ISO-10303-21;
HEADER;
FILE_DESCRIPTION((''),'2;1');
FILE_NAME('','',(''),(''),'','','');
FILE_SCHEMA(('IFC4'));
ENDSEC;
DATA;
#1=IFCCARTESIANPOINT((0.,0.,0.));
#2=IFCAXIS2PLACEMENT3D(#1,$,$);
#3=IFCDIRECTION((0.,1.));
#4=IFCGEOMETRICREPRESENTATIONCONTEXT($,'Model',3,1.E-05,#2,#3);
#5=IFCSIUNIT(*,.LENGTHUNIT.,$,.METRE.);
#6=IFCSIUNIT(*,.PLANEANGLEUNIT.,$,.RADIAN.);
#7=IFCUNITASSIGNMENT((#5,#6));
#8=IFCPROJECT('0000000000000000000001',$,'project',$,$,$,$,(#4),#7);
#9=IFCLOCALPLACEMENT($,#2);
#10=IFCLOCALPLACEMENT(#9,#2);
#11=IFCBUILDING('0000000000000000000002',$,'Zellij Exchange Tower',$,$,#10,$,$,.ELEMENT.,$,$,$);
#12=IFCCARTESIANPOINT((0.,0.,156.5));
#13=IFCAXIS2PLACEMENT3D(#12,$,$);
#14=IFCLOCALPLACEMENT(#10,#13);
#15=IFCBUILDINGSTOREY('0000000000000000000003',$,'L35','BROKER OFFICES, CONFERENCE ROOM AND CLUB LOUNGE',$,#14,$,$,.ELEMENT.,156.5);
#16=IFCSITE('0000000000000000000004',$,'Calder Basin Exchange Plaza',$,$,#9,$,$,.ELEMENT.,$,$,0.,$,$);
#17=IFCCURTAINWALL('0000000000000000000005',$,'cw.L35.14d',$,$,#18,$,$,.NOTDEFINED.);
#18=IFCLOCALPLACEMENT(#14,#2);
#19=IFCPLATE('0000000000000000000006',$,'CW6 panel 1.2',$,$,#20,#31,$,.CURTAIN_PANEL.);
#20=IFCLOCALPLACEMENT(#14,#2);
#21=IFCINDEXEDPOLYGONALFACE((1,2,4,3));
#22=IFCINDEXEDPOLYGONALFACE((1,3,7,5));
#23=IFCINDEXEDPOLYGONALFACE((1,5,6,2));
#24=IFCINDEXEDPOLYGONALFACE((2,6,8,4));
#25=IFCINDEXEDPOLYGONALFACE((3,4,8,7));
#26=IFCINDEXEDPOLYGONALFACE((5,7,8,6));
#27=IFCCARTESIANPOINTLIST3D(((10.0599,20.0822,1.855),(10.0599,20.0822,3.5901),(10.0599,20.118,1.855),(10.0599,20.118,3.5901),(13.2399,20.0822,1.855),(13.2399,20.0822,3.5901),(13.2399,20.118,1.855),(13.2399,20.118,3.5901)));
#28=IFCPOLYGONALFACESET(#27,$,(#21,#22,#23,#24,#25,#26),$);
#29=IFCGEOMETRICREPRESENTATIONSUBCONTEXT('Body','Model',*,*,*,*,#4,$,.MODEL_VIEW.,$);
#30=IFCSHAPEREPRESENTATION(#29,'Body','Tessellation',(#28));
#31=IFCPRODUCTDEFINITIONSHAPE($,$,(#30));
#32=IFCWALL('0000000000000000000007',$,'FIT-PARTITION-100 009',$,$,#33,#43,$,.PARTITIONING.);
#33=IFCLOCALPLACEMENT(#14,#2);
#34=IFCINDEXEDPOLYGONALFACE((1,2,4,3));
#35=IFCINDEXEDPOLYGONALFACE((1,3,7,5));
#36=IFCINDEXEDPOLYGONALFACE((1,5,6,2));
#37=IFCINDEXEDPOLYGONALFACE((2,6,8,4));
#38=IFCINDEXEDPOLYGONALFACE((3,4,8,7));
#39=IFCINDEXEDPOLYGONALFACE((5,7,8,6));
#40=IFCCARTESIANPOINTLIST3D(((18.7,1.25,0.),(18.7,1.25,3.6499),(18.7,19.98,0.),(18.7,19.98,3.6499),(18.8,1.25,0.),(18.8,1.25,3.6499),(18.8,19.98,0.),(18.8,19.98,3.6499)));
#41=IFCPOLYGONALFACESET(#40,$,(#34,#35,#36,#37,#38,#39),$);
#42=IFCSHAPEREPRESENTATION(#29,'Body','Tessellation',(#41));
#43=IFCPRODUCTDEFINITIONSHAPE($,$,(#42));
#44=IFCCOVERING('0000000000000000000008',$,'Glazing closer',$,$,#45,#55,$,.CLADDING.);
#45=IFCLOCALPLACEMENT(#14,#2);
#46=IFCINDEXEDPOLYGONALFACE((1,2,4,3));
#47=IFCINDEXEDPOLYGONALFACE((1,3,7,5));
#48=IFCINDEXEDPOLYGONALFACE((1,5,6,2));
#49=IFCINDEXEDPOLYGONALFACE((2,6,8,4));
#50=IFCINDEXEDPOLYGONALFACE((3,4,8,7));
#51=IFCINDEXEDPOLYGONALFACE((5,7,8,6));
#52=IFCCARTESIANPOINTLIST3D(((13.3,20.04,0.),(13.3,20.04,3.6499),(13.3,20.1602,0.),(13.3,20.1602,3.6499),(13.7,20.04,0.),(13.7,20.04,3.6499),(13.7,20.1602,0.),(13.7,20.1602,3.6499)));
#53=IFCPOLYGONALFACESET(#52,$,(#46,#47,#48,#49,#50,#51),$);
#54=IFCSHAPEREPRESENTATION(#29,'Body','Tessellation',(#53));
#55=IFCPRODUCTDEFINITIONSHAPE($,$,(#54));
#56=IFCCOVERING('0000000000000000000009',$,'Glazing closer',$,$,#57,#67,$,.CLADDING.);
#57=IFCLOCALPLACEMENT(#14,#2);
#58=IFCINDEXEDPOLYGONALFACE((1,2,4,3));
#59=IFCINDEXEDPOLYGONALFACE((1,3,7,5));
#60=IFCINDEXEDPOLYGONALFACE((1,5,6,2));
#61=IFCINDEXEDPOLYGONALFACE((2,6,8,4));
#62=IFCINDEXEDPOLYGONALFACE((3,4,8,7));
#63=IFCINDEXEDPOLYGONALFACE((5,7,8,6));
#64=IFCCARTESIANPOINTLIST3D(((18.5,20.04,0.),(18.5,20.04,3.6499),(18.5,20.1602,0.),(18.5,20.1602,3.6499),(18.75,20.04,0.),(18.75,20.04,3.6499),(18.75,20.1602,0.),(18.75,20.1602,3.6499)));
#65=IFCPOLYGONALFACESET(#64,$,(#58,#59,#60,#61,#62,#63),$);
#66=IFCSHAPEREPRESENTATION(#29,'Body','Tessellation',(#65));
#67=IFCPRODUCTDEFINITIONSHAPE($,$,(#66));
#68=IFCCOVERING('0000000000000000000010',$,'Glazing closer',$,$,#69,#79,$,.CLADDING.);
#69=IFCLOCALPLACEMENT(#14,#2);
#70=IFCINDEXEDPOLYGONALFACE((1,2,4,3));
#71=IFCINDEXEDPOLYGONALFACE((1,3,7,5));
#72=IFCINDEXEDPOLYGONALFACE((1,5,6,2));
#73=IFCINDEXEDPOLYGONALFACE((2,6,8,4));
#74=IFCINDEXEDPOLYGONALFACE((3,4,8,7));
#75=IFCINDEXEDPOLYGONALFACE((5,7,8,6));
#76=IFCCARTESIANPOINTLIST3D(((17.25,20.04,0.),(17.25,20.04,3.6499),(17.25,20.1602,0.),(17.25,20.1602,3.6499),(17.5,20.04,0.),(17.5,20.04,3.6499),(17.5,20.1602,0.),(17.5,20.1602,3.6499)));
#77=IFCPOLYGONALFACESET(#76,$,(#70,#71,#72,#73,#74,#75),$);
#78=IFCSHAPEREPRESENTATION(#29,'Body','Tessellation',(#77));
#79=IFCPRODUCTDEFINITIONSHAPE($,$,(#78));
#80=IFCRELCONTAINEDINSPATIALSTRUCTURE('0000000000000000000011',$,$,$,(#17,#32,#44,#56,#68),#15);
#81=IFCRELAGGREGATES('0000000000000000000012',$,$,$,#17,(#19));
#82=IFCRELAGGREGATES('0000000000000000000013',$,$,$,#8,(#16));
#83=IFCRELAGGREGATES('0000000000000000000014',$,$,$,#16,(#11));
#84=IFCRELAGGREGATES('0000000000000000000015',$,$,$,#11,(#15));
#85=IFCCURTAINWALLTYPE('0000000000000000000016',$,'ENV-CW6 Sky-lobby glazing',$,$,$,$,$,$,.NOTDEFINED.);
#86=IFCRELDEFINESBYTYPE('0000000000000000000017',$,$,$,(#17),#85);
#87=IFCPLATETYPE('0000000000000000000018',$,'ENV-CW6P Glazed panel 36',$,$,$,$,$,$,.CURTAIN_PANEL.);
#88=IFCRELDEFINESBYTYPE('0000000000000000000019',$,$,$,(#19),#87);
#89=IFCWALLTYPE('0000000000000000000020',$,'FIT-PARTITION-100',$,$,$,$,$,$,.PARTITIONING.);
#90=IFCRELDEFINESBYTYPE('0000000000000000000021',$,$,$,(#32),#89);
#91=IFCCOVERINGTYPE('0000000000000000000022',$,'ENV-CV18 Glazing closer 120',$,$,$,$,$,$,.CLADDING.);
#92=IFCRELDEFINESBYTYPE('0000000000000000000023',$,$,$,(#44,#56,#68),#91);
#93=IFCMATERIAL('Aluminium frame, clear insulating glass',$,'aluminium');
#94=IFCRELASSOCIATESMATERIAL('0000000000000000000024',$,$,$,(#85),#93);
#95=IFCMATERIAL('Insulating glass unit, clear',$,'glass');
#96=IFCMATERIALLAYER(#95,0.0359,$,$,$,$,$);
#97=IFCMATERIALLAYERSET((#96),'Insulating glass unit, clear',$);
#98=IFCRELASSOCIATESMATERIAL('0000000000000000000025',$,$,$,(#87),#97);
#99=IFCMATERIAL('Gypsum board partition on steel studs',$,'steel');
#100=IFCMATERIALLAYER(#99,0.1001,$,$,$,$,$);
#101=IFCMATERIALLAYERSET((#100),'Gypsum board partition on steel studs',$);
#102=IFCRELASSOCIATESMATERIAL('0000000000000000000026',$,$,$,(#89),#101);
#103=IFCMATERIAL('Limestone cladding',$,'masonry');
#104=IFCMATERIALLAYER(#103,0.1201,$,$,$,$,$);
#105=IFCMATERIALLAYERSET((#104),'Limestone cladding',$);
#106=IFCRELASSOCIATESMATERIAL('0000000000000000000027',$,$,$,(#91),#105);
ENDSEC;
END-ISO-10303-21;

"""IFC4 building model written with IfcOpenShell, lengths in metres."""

from ifc_helpers import new_model, si_unit, direction, frame, frame_2d, origin, origin_2d, place, context, subcontext, project, spatial, rectangle, extrude, material, layer, layer_set, type_object, element, aggregate, save


model = new_model("IFC4")

# Units and contexts
model_context = context("Model", 3, precision=1e-05, world=origin(), true_north=direction((0.0, 1.0)))
body_context = subcontext(model_context, "Body", "Model", "MODEL_VIEW")
ifc_project = project(units=[si_unit("LENGTHUNIT", "METRE"), si_unit("PLANEANGLEUNIT", "RADIAN")], contexts=[model_context])

# Site, building, storey
site_placement = place(None, origin())
site = spatial("IfcSite", under=ifc_project, at=site_placement, Name="Calder Basin Exchange Plaza", CompositionType="ELEMENT", RefElevation=0.0)
building_placement = place(site_placement, origin())
building = spatial("IfcBuilding", under=site, at=building_placement, Name="Zellij Exchange Tower", CompositionType="ELEMENT")
storey_placement = place(building_placement, frame((0.0, 0.0, 156.5)))
storey = spatial("IfcBuildingStorey", under=building, at=storey_placement, Name="L35", Description="BROKER OFFICES, CONFERENCE ROOM AND CLUB LOUNGE", CompositionType="ELEMENT", Elevation=156.5)

# Shared definitions
ifc_material_1 = material(Name="Aluminium frame, clear insulating glass", Category="aluminium")
curtain_wall_type = type_object("IfcCurtainWallType", Name="ENV-CW6 Sky-lobby glazing", PredefinedType="NOTDEFINED", material=ifc_material_1)

# Curtain wall
curtain_wall_1_placement = place(storey_placement, origin())
curtain_wall_1 = element("IfcCurtainWall", 1, at=curtain_wall_1_placement, inside=storey, type_object=curtain_wall_type, Name="cw.L35.14d", PredefinedType="NOTDEFINED")

# Plate
ifc_material_2 = material(Name="Insulating glass unit, clear", Category="glass")
ifc_layer_1 = layer(ifc_material_2, 0.0359)
ifc_layer_set_1 = layer_set([ifc_layer_1], Name="Insulating glass unit, clear")
plate_type = type_object("IfcPlateType", Name="ENV-CW6P Glazed panel 36", PredefinedType="CURTAIN_PANEL", material=ifc_layer_set_1)
plate_1_placement = place(storey_placement, frame((11.6499, 20.1001, 1.855), z_axis=(0.0, 0.0, 1.0), x_axis=(-1.0, 0.0, 0.0)))
plate_1 = element("IfcPlate", 2, at=plate_1_placement, type_object=plate_type, Name="CW6 panel 1.2", PredefinedType="CURTAIN_PANEL", context=body_context, shape_type="SweptSolid", body=[
    extrude(rectangle(XDim=3.1799, YDim=0.0359, at=origin_2d()), origin(), (0.0, 0.0, 1.0), 1.7351),
])
aggregate(curtain_wall_1, [plate_1])

# Wall
ifc_material_3 = material(Name="Gypsum board partition on steel studs", Category="steel")
ifc_layer_2 = layer(ifc_material_3, 0.1001)
ifc_layer_set_2 = layer_set([ifc_layer_2], Name="Gypsum board partition on steel studs")
wall_type = type_object("IfcWallType", Name="FIT-PARTITION-100", PredefinedType="PARTITIONING", material=ifc_layer_set_2)
wall_placement = place(storey_placement, frame((18.75, 1.25, 0.0), z_axis=(0.0, 0.0, 1.0), x_axis=(0.0, 1.0, 0.0)))
element("IfcWall", 3, at=wall_placement, inside=storey, type_object=wall_type, Name="FIT-PARTITION-100 009", PredefinedType="PARTITIONING", context=body_context, shape_type="SweptSolid", body=[
    extrude(rectangle(XDim=18.73, YDim=0.1001, at=frame_2d((9.365, 0.0))), origin(), (0.0, 0.0, 1.0), 3.6499),
])

# Coverings
ifc_material_4 = material(Name="Limestone cladding", Category="masonry")
ifc_layer_3 = layer(ifc_material_4, 0.1201)
ifc_layer_set_3 = layer_set([ifc_layer_3], Name="Limestone cladding")
covering_type = type_object("IfcCoveringType", Name="ENV-CV18 Glazing closer 120", PredefinedType="CLADDING", material=ifc_layer_set_3)
covering_placement = place(storey_placement, frame((13.5, 20.1001, 0.0), z_axis=(0.0, 0.0, 1.0), x_axis=(-1.0, 0.0, 0.0)))
element("IfcCovering", 4, at=covering_placement, inside=storey, type_object=covering_type, Name="Glazing closer", PredefinedType="CLADDING", context=body_context, shape_type="SweptSolid", body=[
    extrude(rectangle(XDim=0.3999, YDim=0.1201, at=origin_2d()), origin(), (0.0, 0.0, 1.0), 3.6499),
])
for number, where, z_axis, x_axis, name in (
    (5, (18.625, 20.1001, 0.0), (0.0, 0.0, 1.0), (-1.0, 0.0, 0.0), "Glazing closer"),
    (6, (17.375, 20.1001, 0.0), (0.0, 0.0, 1.0), (1.0, 0.0, 0.0), "Glazing closer"),
):
    element("IfcCovering", number, at=place(storey_placement, frame(where, z_axis=z_axis, x_axis=x_axis)), inside=storey, type_object=covering_type, Name=name, PredefinedType="CLADDING", context=body_context, shape_type="SweptSolid", body=[
        extrude(rectangle(XDim=0.25, YDim=0.1201, at=origin_2d()), origin(), (0.0, 0.0, 1.0), 3.6499),
    ])

save(model, "model.ifc")
